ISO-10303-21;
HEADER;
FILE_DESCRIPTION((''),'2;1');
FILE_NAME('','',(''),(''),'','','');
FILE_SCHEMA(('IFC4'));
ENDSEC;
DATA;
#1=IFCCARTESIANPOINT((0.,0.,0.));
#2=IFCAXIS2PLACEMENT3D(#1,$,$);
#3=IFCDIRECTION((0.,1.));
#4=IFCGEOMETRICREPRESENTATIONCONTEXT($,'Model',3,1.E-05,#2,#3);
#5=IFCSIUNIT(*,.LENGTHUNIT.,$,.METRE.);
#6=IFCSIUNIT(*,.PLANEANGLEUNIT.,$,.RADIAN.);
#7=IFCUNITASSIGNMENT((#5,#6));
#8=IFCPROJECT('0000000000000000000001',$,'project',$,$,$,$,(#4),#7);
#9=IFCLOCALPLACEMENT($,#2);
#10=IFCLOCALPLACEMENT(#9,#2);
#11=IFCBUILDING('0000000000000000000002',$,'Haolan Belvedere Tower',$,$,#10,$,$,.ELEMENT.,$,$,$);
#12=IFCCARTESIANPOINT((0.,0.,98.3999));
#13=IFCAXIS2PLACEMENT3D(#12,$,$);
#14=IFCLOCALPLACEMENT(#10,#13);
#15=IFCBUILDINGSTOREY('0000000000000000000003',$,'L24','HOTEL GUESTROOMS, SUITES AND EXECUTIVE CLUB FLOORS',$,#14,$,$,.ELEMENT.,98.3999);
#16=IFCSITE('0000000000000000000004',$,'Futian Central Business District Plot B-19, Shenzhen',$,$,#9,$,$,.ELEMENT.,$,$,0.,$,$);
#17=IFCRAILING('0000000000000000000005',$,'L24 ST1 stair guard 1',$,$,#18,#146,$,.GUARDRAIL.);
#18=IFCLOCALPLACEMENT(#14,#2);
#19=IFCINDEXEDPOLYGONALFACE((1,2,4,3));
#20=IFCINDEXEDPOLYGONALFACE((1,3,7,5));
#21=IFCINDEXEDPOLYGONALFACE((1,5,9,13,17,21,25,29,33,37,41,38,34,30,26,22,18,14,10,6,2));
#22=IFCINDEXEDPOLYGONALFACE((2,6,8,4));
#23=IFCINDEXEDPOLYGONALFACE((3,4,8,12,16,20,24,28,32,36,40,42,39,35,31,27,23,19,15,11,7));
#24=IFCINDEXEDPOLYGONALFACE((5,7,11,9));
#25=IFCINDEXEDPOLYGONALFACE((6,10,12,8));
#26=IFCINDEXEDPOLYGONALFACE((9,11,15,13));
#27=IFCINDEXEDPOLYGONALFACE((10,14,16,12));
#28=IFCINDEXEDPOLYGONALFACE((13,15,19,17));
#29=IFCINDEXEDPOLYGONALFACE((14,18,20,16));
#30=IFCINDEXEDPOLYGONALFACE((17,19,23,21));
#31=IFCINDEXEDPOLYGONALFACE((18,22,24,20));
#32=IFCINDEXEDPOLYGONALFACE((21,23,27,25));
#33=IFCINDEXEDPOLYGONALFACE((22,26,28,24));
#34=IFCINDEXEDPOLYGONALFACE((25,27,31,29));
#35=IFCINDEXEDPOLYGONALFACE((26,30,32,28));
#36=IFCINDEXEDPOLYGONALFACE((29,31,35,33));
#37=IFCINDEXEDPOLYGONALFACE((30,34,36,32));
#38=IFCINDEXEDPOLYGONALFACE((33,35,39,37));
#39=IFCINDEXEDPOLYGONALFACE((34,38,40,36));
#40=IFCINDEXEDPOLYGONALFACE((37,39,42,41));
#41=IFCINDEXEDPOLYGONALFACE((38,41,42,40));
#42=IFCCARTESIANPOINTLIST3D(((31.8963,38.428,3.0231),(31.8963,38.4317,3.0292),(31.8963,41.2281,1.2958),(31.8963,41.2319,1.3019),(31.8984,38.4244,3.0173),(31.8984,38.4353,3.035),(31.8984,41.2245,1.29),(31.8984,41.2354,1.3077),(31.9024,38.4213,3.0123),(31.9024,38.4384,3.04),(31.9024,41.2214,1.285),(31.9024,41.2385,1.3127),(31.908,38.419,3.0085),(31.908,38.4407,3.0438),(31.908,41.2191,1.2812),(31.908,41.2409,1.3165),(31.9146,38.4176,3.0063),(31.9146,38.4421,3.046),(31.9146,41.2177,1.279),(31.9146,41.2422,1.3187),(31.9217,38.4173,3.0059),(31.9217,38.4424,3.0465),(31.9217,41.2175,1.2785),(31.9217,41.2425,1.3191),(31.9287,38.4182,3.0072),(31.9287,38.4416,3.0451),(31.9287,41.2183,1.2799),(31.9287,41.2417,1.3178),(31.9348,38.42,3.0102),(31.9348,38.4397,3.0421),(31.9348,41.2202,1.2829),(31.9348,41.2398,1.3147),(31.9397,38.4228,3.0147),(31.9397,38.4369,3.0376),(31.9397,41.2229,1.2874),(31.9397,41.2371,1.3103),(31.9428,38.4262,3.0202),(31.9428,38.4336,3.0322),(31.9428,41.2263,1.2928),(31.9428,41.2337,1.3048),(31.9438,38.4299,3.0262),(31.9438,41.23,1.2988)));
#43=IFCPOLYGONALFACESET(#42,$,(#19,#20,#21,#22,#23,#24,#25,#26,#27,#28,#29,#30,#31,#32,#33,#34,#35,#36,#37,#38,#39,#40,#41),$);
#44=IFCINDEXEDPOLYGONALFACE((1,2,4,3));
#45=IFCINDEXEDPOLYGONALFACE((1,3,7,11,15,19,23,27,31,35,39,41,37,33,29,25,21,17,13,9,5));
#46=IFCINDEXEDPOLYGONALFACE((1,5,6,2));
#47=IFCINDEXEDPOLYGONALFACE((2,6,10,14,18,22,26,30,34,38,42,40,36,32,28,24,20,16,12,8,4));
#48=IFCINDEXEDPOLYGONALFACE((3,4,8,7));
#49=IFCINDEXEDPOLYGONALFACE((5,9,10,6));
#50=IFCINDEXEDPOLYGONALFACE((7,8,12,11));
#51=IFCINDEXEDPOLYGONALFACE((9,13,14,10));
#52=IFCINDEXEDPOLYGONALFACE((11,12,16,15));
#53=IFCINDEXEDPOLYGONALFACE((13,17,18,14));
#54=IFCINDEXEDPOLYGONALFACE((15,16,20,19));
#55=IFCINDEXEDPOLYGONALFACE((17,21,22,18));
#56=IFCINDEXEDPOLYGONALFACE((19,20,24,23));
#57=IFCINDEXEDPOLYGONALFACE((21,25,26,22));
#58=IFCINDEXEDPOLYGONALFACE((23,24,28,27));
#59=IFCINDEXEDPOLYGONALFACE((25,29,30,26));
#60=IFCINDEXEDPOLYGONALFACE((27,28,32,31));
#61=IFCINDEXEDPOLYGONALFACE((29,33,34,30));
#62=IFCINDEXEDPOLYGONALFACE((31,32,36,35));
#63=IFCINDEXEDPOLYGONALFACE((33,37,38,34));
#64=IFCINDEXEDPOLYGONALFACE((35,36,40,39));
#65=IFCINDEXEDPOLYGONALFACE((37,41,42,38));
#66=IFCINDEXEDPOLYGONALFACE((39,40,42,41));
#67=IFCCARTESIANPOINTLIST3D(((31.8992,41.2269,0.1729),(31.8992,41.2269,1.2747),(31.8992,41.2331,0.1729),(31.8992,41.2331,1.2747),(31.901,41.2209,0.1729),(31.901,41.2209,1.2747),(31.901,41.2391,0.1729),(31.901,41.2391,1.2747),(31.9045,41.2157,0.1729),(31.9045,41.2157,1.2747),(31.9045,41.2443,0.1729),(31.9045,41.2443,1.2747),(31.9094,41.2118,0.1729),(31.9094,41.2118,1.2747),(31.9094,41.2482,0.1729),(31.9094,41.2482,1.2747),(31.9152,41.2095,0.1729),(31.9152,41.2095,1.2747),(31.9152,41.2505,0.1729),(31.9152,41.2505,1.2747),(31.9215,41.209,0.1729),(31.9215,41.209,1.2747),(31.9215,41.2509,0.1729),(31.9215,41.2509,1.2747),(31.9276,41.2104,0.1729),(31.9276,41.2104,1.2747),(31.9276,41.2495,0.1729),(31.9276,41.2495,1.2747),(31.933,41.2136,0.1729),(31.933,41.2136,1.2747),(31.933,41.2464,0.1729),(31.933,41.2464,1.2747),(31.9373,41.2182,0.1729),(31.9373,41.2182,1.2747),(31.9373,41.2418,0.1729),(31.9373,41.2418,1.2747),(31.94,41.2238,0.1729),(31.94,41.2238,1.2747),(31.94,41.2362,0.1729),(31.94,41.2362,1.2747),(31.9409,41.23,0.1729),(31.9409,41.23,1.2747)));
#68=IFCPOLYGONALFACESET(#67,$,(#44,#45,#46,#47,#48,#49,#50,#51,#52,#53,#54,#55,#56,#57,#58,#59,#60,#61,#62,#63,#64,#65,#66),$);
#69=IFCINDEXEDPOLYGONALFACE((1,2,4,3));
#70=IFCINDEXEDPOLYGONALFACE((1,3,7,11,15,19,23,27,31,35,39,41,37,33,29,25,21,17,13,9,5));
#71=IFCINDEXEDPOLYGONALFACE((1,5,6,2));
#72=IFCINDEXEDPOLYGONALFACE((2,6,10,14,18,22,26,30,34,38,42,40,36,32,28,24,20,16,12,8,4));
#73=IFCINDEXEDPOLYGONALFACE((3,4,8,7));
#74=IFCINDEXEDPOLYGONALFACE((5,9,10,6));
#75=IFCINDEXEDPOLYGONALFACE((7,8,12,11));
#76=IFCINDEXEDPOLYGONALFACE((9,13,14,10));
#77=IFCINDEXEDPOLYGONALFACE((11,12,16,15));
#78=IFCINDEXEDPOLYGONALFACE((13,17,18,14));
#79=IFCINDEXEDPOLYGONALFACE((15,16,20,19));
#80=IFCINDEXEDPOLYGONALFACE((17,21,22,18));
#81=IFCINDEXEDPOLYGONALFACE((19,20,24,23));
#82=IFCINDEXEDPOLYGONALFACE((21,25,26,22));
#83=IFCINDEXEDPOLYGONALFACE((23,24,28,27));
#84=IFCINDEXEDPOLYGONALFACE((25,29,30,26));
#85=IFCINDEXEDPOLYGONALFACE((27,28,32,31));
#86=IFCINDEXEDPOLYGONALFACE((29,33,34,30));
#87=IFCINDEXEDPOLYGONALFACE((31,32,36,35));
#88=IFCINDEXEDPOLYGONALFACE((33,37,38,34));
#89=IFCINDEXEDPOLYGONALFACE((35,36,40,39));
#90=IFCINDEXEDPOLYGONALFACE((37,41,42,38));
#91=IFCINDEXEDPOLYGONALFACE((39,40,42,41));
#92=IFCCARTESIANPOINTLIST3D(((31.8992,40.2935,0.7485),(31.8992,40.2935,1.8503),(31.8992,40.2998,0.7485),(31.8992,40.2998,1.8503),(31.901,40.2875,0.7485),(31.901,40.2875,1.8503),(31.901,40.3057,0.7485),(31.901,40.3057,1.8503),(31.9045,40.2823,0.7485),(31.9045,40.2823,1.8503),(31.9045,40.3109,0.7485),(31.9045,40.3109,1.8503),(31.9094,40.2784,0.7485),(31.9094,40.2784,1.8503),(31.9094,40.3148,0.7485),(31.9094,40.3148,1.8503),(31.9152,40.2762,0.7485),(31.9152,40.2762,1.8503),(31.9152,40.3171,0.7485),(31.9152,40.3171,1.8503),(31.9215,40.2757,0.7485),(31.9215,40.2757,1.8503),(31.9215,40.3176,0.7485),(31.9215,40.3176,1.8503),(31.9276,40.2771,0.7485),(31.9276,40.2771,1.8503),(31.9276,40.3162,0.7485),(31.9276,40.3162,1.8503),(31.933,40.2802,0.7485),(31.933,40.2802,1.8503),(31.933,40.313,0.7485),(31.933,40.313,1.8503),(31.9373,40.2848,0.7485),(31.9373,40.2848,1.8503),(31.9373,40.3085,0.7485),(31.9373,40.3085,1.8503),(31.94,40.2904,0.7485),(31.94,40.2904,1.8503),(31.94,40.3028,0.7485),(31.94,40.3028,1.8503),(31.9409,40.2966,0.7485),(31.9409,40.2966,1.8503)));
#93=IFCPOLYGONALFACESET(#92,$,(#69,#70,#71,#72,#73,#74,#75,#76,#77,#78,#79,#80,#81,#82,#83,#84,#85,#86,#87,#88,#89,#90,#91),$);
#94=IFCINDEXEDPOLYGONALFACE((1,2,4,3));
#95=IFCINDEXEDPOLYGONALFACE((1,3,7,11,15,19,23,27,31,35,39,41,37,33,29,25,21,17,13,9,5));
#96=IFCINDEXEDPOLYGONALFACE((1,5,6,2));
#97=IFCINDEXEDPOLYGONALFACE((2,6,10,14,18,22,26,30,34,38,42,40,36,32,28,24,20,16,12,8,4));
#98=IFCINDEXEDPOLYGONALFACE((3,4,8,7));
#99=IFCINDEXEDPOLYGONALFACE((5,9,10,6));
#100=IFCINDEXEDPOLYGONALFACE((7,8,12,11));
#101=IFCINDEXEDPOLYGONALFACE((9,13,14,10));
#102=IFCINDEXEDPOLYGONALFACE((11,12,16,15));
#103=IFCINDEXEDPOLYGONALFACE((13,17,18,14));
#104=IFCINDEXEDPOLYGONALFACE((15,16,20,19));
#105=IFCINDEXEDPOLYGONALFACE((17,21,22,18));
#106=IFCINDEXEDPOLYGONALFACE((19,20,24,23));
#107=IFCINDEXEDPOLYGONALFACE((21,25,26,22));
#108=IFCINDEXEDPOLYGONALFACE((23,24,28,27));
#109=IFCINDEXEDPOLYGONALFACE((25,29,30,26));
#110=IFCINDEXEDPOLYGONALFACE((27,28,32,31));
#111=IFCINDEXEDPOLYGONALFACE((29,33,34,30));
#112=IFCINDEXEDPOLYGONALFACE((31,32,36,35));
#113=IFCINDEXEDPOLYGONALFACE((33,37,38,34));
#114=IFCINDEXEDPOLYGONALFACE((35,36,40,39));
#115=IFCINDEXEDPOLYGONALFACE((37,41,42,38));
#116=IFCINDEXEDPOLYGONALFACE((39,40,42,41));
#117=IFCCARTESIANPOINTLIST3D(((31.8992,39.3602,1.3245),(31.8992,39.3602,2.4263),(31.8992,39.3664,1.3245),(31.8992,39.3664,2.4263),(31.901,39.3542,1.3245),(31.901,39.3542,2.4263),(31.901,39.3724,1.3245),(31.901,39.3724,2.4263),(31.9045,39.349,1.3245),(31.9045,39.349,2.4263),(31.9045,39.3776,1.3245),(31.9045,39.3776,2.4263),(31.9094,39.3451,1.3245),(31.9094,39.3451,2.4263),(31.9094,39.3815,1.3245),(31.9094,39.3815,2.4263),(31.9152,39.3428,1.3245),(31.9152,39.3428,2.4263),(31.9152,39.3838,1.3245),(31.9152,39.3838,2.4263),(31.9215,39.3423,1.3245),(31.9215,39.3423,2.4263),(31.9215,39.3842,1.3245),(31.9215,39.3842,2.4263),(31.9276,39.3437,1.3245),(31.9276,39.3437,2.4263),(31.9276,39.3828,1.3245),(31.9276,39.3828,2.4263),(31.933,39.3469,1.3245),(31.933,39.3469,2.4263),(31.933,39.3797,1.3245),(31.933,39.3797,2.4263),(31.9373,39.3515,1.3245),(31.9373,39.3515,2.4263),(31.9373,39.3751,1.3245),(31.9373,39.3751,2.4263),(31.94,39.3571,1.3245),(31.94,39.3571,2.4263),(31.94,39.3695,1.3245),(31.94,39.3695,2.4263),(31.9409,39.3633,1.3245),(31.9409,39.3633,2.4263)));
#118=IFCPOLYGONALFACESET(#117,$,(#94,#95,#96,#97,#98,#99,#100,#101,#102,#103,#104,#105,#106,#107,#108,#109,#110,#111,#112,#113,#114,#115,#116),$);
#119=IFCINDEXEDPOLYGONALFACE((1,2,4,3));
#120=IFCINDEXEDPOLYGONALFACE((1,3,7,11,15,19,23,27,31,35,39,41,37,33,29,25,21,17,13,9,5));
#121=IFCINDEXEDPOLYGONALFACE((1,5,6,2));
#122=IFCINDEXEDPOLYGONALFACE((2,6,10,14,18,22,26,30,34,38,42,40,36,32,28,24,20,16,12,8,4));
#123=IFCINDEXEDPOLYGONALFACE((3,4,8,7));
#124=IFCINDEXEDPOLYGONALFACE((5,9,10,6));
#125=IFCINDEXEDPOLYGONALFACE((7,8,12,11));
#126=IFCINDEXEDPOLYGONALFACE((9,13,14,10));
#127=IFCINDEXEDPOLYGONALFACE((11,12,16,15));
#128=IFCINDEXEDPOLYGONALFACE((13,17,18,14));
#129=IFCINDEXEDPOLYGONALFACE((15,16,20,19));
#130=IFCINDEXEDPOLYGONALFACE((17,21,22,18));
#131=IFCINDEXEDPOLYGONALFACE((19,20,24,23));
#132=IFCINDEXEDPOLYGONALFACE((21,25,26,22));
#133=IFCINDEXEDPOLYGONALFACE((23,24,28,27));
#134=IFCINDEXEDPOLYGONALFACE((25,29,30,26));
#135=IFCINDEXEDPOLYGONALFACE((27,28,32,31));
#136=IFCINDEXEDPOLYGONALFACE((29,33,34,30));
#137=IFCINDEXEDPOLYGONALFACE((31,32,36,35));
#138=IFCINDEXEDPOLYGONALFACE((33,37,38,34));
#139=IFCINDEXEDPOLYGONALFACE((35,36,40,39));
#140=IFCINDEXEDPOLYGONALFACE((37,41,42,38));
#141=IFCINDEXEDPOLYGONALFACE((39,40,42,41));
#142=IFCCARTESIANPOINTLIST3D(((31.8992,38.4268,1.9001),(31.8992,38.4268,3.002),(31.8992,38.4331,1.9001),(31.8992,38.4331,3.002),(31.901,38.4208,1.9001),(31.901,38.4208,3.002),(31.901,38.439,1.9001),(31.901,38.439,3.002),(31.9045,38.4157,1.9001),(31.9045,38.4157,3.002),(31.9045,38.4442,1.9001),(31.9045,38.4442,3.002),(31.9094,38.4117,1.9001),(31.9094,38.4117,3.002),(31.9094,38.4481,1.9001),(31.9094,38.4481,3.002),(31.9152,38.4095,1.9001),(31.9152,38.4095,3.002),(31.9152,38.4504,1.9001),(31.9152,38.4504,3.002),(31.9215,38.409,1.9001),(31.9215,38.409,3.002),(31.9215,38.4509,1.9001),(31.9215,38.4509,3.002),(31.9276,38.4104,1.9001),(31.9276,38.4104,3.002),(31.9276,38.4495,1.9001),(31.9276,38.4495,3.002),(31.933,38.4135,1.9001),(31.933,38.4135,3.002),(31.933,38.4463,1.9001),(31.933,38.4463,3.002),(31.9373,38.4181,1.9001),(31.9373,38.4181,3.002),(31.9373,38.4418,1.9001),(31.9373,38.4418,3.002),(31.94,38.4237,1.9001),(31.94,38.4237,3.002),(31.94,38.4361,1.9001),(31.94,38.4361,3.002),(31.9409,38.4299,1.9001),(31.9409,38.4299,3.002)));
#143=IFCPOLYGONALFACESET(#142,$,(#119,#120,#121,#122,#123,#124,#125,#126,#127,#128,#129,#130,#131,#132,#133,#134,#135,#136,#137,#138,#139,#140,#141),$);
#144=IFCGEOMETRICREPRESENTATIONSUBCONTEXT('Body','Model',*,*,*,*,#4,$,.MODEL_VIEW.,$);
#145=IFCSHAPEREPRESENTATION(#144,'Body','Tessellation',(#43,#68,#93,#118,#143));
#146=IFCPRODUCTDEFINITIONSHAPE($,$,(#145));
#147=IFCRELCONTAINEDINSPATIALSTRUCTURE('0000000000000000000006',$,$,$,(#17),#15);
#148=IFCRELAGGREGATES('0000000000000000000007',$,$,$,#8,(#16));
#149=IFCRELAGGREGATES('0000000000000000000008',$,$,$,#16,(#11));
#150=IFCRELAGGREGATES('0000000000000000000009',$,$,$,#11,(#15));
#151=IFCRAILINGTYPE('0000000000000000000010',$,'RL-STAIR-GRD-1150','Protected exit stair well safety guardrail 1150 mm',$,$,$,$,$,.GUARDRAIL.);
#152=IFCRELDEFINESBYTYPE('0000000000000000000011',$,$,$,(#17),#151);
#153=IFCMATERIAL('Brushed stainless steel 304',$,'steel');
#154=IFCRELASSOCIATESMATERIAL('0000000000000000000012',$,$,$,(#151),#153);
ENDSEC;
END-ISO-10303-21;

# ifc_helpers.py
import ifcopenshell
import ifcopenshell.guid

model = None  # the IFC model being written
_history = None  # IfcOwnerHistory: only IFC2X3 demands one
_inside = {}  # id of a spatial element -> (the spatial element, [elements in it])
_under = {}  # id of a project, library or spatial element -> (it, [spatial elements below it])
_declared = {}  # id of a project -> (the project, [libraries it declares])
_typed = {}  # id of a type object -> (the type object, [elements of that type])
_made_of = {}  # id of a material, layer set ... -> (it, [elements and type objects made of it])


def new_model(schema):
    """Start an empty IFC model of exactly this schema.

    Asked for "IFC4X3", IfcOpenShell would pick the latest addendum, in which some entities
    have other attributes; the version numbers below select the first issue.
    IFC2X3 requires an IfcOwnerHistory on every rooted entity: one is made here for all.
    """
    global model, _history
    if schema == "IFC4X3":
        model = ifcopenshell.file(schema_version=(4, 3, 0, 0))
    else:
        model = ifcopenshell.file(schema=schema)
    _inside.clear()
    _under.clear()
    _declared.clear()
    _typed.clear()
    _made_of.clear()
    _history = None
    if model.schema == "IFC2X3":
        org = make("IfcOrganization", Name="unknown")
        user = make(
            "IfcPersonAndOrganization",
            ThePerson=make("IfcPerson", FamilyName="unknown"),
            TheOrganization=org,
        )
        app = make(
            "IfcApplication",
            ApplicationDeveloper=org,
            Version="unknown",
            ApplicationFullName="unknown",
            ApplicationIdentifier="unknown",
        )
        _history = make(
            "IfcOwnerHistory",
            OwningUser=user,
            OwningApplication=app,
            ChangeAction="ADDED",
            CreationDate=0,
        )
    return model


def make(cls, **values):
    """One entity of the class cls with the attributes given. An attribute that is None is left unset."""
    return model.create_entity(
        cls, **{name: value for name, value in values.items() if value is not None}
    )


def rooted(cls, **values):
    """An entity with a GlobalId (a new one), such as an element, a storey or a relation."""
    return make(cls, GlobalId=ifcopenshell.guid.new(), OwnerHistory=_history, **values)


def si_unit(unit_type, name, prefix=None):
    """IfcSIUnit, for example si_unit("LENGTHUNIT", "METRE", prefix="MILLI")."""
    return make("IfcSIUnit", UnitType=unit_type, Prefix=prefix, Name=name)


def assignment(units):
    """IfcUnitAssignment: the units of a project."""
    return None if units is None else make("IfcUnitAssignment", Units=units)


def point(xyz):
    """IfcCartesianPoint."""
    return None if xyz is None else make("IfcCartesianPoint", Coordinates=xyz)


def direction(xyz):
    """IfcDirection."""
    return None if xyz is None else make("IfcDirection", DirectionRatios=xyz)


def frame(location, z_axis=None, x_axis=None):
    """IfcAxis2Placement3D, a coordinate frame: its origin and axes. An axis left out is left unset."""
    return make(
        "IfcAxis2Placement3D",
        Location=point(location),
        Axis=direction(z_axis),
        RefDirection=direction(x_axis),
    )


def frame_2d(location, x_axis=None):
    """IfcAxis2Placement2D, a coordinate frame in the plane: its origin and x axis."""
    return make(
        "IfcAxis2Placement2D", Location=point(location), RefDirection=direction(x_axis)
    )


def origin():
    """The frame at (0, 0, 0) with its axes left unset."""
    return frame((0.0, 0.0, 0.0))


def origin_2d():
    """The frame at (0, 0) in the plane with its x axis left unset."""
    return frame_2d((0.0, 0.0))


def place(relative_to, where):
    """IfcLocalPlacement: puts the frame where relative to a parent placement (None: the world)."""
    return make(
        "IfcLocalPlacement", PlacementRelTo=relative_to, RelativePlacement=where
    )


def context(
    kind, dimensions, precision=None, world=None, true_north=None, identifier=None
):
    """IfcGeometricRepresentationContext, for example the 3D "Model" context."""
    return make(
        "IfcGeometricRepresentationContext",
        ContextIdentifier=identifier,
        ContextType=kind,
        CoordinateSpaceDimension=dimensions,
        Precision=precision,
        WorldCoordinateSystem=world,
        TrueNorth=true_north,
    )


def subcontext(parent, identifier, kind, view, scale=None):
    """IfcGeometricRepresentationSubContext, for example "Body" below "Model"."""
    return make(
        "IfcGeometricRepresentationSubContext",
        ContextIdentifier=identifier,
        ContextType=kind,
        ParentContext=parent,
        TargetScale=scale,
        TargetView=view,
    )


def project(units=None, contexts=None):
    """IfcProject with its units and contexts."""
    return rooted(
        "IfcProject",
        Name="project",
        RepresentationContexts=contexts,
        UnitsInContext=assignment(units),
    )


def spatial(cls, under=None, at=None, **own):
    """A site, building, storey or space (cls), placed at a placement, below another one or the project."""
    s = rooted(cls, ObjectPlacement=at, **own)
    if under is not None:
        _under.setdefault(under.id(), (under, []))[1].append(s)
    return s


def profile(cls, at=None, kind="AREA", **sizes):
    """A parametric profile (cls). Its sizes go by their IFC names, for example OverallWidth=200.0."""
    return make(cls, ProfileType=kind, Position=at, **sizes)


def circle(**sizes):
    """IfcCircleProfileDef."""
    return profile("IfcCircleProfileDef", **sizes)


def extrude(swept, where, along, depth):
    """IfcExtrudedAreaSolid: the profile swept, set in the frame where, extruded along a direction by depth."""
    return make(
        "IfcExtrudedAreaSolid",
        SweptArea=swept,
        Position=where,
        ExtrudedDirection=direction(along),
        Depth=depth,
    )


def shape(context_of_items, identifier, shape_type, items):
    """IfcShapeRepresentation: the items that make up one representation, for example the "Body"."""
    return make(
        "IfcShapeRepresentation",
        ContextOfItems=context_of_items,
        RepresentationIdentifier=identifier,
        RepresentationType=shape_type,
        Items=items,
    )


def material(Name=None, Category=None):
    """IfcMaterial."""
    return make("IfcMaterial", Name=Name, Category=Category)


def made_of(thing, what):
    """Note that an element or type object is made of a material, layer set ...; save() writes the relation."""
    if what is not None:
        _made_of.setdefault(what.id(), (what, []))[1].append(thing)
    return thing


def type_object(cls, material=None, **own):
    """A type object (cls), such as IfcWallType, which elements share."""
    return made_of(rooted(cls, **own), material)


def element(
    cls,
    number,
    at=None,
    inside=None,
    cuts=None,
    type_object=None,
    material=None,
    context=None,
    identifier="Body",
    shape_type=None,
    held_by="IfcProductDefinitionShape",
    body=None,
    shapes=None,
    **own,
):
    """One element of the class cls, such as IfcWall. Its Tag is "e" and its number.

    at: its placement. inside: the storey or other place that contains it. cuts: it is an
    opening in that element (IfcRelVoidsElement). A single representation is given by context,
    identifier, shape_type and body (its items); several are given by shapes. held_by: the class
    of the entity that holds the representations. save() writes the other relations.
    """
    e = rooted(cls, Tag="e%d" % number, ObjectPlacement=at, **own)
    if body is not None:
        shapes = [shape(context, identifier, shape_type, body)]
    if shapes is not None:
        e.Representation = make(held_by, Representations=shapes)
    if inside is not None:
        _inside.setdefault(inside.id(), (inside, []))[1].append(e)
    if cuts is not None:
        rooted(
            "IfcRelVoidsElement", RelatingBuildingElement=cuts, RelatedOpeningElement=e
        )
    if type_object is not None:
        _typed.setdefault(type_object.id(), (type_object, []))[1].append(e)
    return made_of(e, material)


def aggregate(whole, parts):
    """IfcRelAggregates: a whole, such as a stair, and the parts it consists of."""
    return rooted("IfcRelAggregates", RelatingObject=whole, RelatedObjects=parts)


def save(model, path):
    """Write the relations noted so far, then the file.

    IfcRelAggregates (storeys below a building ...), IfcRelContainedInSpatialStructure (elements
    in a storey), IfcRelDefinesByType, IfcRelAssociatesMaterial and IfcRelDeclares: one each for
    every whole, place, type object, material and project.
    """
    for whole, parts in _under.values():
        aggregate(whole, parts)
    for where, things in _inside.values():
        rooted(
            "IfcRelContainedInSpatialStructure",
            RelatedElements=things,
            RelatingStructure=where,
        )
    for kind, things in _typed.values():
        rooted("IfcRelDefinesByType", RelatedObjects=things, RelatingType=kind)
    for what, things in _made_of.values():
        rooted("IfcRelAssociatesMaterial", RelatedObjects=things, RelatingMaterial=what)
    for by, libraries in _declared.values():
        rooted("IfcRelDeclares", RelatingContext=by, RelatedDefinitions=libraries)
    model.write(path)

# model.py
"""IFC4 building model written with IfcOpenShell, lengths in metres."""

from ifc_helpers import new_model, si_unit, direction, frame, origin, origin_2d, place, context, subcontext, project, spatial, circle, extrude, material, type_object, element, save


model = new_model("IFC4")

# Units and contexts
model_context = context("Model", 3, precision=1e-05, world=origin(), true_north=direction((0.0, 1.0)))
body_context = subcontext(model_context, "Body", "Model", "MODEL_VIEW")
ifc_project = project(units=[si_unit("LENGTHUNIT", "METRE"), si_unit("PLANEANGLEUNIT", "RADIAN")], contexts=[model_context])

# Site, building, storey
site_placement = place(None, origin())
site = spatial("IfcSite", under=ifc_project, at=site_placement, Name="Futian Central Business District Plot B-19, Shenzhen", CompositionType="ELEMENT", RefElevation=0.0)
building_placement = place(site_placement, origin())
building = spatial("IfcBuilding", under=site, at=building_placement, Name="Haolan Belvedere Tower", CompositionType="ELEMENT")
storey_placement = place(building_placement, frame((0.0, 0.0, 98.3999)))
storey = spatial("IfcBuildingStorey", under=building, at=storey_placement, Name="L24", Description="HOTEL GUESTROOMS, SUITES AND EXECUTIVE CLUB FLOORS", CompositionType="ELEMENT", Elevation=98.3999)

# Railing
ifc_material_1 = material(Name="Brushed stainless steel 304", Category="steel")
railing_type_1 = type_object("IfcRailingType", Name="RL-STAIR-GRD-1150", Description="Protected exit stair well safety guardrail 1150 mm", PredefinedType="GUARDRAIL", material=ifc_material_1)
railing_1_placement = place(storey_placement, frame((31.9199, 41.23, 0.1729)))
element("IfcRailing", 1, at=railing_1_placement, inside=storey, type_object=railing_type_1, Name="L24 ST1 stair guard 1", PredefinedType="GUARDRAIL", context=body_context, shape_type="SweptSolid", body=[
    extrude(circle(Radius=0.0239, at=origin_2d()), frame((0.0, 0.0, 1.126), z_axis=(0.0, -0.85109, 0.52502), x_axis=(1.0, 0.0, 0.0)), (0.0, 0.0, 1.0), 3.29),
    extrude(circle(Radius=0.021, at=origin_2d()), origin(), (0.0, 0.0, 1.0), 1.1018),
    extrude(circle(Radius=0.021, at=origin_2d()), frame((0.0, -0.9333, 0.5757)), (0.0, 0.0, 1.0), 1.1018),
    extrude(circle(Radius=0.021, at=origin_2d()), frame((0.0, -1.8667, 1.1516)), (0.0, 0.0, 1.0), 1.1018),
    extrude(circle(Radius=0.021, at=origin_2d()), frame((0.0, -2.8, 1.7273)), (0.0, 0.0, 1.0), 1.1018),
])

save(model, "model.ifc")
